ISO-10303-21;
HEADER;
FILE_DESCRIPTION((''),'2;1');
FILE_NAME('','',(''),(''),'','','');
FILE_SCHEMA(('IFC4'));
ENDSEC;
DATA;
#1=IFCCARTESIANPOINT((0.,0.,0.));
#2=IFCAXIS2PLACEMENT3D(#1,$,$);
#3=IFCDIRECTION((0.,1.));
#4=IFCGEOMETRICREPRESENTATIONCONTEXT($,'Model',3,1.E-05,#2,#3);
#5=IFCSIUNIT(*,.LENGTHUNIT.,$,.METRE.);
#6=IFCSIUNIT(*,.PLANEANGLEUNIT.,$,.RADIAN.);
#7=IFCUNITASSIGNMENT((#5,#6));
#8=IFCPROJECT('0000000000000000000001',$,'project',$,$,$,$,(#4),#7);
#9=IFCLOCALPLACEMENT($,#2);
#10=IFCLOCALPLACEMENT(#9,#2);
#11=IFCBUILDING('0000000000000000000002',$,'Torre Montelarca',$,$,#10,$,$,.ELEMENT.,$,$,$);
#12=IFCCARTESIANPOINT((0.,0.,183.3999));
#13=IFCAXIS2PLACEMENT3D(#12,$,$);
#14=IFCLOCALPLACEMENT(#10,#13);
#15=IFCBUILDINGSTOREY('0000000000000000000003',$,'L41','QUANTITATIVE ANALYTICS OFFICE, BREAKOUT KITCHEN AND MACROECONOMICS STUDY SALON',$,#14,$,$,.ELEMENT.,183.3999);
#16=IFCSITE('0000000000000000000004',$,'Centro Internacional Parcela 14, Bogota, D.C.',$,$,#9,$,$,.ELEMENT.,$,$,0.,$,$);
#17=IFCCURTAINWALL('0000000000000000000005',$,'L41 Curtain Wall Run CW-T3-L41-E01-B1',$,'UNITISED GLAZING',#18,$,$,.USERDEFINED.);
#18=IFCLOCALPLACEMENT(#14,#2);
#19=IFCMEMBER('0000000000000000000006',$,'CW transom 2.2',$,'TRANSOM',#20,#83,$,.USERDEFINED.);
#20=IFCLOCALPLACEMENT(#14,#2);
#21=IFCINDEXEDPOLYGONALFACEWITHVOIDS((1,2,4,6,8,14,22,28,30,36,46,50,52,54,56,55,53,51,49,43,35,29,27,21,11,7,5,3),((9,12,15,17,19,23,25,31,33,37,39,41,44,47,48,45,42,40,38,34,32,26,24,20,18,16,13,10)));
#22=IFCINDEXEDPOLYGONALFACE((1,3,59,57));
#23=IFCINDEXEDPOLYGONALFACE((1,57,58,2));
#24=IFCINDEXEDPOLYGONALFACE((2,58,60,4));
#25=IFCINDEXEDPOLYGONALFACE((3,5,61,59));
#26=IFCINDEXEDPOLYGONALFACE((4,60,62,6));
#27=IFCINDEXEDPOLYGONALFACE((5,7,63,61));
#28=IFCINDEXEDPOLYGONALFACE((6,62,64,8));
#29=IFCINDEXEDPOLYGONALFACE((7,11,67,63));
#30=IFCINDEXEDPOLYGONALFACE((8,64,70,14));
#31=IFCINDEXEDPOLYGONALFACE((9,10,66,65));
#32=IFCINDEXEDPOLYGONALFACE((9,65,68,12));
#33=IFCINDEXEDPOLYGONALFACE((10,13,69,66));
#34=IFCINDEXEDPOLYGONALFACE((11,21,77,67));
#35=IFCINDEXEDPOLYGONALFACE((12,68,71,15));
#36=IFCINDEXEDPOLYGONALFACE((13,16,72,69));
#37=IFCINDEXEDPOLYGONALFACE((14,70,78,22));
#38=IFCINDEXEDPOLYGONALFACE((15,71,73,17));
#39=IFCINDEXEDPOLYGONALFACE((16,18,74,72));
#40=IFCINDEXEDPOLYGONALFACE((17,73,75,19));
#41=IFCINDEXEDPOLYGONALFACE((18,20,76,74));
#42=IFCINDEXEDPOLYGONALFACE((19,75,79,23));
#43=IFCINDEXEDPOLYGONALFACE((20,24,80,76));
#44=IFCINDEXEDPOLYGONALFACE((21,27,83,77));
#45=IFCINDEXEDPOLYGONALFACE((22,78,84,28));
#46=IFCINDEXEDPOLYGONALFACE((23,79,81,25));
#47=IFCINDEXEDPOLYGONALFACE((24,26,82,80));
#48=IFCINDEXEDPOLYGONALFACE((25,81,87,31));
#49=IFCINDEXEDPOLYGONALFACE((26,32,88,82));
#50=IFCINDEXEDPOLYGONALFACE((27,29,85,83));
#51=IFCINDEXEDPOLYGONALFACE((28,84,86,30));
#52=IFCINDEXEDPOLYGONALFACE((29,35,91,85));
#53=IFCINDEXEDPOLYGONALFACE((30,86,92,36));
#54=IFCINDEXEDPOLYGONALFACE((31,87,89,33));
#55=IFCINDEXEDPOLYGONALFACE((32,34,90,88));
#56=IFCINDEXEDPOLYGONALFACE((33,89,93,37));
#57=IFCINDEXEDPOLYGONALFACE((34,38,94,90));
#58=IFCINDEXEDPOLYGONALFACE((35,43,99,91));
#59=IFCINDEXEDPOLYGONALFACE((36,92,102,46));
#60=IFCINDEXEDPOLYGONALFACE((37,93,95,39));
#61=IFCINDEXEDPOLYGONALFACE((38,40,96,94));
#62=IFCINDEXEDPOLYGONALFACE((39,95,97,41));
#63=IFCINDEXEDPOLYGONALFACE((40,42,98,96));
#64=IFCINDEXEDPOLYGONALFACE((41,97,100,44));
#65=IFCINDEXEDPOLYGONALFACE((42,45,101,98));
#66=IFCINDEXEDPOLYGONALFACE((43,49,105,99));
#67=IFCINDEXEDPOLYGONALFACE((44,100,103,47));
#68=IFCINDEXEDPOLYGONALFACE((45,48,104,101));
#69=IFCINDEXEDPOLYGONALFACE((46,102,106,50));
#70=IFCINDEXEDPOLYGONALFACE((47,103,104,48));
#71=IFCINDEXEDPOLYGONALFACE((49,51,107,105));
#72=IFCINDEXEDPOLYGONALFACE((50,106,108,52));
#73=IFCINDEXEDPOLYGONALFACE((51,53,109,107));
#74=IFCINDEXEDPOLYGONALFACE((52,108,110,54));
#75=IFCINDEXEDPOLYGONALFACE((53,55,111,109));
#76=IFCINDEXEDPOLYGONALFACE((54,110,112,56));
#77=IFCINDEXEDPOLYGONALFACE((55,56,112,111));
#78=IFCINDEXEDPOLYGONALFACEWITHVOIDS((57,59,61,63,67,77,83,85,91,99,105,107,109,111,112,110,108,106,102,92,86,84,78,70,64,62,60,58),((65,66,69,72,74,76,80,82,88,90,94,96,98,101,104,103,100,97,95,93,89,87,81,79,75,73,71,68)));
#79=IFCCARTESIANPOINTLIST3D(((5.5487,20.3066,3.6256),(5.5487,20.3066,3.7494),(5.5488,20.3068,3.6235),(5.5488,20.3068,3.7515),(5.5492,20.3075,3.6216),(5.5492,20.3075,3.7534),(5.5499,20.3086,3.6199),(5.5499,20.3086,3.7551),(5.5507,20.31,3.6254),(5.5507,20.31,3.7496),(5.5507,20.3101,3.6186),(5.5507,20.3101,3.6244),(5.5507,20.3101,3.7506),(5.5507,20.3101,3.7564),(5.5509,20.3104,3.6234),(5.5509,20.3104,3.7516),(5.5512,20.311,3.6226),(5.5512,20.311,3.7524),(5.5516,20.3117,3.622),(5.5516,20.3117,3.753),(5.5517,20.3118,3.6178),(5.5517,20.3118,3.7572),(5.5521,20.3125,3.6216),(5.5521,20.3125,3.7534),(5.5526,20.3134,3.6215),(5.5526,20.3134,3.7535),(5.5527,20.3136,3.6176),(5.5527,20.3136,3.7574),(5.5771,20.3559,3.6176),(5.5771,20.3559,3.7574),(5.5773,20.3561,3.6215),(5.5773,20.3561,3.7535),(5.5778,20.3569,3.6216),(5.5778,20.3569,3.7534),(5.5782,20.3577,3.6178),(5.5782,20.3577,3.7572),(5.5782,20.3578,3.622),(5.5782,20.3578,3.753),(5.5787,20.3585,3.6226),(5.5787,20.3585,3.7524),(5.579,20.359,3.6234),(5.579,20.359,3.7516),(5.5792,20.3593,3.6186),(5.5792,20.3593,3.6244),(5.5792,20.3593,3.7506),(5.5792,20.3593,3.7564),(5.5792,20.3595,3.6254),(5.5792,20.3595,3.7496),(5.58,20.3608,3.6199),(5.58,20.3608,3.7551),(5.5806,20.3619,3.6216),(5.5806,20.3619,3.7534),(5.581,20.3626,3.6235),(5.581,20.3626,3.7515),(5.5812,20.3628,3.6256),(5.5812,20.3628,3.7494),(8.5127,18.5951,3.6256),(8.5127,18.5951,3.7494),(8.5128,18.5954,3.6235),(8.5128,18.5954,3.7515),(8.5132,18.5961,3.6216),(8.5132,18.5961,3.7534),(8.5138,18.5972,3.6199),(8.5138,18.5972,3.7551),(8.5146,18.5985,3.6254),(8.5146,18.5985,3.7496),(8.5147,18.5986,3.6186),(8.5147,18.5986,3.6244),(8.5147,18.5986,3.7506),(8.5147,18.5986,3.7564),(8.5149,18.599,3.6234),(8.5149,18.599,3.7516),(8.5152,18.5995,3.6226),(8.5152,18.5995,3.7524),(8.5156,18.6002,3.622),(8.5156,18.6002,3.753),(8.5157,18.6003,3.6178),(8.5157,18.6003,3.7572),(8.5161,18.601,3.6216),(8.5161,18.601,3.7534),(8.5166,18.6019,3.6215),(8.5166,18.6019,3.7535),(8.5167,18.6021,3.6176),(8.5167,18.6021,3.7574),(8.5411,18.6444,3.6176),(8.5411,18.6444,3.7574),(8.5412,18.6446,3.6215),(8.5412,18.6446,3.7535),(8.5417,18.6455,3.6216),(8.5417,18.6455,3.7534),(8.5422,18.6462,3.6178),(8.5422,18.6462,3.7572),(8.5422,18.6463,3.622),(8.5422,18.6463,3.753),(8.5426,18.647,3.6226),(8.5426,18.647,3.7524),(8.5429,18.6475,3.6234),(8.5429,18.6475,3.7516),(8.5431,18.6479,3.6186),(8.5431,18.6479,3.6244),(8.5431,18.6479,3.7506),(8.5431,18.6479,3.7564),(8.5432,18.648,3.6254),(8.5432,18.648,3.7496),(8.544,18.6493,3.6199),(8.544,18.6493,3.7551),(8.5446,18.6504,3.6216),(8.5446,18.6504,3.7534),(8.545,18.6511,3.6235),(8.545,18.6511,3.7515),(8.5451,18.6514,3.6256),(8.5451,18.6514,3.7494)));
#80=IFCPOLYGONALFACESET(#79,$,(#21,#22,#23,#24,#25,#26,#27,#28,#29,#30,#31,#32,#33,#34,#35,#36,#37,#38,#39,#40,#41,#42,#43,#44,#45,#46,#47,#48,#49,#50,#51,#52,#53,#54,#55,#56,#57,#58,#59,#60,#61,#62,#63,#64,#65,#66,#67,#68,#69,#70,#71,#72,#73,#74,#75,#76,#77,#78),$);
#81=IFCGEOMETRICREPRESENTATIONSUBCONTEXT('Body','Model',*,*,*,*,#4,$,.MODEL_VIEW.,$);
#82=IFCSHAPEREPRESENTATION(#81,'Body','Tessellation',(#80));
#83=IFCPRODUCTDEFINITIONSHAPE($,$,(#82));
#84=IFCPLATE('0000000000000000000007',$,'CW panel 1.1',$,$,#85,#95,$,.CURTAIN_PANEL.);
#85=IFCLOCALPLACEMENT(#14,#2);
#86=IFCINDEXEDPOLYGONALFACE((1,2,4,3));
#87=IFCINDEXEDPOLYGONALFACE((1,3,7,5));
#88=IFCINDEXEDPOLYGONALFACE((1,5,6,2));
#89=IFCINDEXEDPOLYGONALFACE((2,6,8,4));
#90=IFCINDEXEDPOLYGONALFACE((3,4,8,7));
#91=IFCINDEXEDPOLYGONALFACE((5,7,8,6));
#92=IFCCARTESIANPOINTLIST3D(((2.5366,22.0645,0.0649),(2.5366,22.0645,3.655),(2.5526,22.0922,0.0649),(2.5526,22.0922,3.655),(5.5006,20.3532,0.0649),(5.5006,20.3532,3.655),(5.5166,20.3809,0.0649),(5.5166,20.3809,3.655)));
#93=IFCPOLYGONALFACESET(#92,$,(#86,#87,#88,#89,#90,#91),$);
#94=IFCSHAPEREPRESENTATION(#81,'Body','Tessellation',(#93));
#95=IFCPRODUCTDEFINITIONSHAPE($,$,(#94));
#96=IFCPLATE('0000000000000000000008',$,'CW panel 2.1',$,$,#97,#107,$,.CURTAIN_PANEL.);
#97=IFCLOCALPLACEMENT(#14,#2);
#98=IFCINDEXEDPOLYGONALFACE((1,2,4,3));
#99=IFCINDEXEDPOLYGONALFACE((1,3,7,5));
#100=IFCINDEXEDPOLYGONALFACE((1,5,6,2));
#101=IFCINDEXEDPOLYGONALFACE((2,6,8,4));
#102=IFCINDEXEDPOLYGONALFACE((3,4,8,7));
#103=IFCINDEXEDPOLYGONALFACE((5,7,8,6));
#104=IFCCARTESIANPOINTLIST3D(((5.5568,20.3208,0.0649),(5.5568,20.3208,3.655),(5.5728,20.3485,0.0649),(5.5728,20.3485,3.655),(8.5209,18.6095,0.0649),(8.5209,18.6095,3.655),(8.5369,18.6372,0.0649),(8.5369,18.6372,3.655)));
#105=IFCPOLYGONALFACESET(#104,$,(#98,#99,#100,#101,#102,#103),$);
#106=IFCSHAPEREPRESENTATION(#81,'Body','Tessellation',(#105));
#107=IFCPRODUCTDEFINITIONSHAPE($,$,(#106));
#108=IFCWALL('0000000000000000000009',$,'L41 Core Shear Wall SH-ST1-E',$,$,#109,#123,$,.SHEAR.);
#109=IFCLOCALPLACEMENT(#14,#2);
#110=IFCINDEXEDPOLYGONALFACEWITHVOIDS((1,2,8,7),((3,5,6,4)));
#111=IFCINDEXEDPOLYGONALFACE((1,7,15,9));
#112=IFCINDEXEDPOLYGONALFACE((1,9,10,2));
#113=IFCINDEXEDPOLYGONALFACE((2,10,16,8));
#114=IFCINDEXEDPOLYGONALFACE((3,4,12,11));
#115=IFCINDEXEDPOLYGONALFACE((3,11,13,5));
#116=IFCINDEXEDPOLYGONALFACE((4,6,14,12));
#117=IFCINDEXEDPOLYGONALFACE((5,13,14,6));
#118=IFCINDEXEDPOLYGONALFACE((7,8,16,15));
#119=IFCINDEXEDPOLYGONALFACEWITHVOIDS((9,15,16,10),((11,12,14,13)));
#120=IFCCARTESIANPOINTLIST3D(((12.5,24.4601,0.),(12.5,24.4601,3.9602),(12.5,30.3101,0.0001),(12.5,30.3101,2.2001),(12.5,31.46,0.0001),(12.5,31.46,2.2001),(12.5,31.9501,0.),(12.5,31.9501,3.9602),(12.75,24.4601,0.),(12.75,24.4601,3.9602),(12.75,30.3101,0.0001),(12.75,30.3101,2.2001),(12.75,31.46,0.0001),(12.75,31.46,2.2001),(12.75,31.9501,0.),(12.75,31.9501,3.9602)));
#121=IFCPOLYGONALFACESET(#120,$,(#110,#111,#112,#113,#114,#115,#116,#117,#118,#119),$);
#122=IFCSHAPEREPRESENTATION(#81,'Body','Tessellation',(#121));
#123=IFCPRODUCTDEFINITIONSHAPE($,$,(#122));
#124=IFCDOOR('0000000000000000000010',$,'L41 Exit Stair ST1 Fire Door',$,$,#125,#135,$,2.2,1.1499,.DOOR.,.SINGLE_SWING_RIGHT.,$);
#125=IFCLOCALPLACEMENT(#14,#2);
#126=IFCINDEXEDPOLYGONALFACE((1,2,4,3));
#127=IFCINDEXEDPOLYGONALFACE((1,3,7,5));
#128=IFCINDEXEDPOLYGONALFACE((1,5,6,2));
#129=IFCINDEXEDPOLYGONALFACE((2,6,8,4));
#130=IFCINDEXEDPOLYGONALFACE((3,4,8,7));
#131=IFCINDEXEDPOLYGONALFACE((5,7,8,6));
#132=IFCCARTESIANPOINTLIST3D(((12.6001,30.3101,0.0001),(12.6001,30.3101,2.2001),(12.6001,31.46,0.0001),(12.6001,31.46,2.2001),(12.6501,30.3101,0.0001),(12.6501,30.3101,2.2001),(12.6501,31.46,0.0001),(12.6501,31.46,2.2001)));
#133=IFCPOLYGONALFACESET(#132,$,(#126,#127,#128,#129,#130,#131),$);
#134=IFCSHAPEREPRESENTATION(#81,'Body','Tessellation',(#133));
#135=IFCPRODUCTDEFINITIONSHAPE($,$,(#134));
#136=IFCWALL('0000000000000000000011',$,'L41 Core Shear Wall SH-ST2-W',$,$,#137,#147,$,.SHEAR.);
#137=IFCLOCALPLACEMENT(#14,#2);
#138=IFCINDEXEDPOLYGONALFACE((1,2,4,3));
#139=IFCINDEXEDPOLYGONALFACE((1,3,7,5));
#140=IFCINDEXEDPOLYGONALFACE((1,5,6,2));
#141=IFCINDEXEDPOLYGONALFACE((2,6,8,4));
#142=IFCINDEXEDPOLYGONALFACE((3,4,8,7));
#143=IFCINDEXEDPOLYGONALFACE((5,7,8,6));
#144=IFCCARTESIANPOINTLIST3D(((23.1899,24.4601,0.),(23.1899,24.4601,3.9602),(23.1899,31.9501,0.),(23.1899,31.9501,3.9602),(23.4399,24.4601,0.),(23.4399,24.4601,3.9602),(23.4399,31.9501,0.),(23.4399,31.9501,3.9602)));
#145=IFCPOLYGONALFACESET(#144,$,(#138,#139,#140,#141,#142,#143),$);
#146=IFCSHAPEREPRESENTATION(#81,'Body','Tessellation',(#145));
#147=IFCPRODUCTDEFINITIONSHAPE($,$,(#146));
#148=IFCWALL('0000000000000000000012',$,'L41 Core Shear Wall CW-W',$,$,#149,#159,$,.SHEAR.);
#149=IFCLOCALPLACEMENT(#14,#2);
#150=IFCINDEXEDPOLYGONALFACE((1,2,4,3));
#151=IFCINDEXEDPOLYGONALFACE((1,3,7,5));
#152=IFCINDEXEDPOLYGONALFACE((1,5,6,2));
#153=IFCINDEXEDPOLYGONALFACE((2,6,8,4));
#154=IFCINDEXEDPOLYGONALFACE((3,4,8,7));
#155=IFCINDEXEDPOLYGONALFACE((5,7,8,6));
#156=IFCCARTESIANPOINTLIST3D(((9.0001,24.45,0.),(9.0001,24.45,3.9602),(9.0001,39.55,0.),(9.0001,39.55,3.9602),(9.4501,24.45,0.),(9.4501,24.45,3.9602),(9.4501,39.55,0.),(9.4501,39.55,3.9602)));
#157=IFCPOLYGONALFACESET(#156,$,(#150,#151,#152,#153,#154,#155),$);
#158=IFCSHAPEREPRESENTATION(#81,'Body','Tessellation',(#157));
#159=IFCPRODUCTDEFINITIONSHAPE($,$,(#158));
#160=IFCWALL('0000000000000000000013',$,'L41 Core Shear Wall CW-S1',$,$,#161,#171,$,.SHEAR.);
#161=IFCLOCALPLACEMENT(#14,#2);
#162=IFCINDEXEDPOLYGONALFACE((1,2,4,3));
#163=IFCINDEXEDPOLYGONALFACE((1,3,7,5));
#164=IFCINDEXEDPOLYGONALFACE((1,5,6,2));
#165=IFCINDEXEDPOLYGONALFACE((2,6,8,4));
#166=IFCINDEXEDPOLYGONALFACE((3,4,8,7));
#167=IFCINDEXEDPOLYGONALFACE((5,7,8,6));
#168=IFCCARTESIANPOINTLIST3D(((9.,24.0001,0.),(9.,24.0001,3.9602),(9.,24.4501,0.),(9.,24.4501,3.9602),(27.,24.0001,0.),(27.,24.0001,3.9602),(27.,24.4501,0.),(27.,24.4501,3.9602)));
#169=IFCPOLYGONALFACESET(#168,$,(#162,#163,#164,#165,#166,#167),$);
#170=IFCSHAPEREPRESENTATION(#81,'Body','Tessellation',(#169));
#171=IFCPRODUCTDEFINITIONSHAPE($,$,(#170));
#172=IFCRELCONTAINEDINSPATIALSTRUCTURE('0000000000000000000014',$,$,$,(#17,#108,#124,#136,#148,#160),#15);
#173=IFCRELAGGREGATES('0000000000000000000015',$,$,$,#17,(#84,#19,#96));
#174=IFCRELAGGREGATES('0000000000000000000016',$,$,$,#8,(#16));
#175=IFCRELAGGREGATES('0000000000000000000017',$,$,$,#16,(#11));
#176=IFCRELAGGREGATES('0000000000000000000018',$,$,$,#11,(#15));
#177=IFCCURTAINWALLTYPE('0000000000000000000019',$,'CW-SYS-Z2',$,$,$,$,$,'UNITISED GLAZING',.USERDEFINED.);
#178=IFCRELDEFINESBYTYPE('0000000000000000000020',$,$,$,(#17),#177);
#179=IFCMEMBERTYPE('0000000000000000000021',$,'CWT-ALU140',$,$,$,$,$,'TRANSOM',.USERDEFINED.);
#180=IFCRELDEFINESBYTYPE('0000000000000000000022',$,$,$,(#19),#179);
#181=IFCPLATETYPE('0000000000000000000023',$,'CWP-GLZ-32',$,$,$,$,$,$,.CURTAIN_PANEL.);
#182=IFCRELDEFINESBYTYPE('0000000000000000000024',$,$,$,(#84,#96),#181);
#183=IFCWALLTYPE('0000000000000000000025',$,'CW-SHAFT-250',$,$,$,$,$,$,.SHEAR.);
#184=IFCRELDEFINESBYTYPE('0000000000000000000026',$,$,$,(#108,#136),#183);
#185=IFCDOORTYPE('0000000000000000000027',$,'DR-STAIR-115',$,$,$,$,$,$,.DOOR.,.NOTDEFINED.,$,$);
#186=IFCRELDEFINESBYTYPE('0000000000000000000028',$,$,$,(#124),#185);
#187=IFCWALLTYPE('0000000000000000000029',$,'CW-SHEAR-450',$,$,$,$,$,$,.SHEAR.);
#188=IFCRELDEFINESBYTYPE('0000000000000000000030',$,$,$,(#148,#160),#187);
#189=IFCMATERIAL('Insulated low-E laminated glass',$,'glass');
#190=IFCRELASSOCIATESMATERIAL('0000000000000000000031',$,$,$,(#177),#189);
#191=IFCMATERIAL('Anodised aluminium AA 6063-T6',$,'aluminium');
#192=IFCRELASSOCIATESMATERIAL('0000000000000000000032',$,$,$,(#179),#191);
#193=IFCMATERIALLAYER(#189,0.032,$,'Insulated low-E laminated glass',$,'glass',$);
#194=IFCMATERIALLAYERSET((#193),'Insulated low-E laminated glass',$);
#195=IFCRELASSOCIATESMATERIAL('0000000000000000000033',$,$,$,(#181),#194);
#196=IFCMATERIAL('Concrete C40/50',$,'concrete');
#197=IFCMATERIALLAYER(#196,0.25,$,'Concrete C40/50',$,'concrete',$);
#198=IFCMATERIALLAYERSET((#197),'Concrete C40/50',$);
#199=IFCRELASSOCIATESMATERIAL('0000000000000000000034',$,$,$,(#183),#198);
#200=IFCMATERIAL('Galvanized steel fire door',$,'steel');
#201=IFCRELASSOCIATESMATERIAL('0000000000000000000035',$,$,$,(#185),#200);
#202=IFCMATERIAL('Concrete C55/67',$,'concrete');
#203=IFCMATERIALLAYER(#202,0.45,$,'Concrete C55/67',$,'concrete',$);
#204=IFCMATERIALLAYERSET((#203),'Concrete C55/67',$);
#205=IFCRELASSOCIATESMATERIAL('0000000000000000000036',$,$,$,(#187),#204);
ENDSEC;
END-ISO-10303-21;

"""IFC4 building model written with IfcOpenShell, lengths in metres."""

from ifc_helpers import new_model, si_unit, direction, frame, frame_2d, origin, origin_2d, place, context, subcontext, project, spatial, rectangle, hollow_rectangle, extrude, source, transform, mapped, material, layer, layer_set, material_profile, profile_set, type_object, element, fill, aggregate, save


model = new_model("IFC4")

# Units and contexts
model_context = context("Model", 3, precision=1e-05, world=origin(), true_north=direction((0.0, 1.0)))
body_context = subcontext(model_context, "Body", "Model", "MODEL_VIEW")
ifc_project = project(units=[si_unit("LENGTHUNIT", "METRE"), si_unit("PLANEANGLEUNIT", "RADIAN")], contexts=[model_context])

# Site, building, storey
site_placement = place(None, origin())
site = spatial("IfcSite", under=ifc_project, at=site_placement, Name="Centro Internacional Parcela 14, Bogota, D.C.", CompositionType="ELEMENT", RefElevation=0.0)
building_placement = place(site_placement, origin())
building = spatial("IfcBuilding", under=site, at=building_placement, Name="Torre Montelarca", CompositionType="ELEMENT")
storey_placement = place(building_placement, frame((0.0, 0.0, 183.3999)))
storey = spatial("IfcBuildingStorey", under=building, at=storey_placement, Name="L41", Description="QUANTITATIVE ANALYTICS OFFICE, BREAKOUT KITCHEN AND MACROECONOMICS STUDY SALON", CompositionType="ELEMENT", Elevation=183.3999)

# Shared definitions
ifc_material_1 = material(Name="Concrete C55/67", Category="concrete")

# Curtain wall, member, plates
ifc_material_2 = material(Name="Insulated low-E laminated glass", Category="glass")
curtain_wall_type = type_object("IfcCurtainWallType", Name="CW-SYS-Z2", ElementType="UNITISED GLAZING", PredefinedType="USERDEFINED", material=ifc_material_2)
curtain_wall_placement = place(storey_placement, origin())
curtain_wall = element("IfcCurtainWall", 1, at=curtain_wall_placement, inside=storey, type_object=curtain_wall_type, Name="L41 Curtain Wall Run CW-T3-L41-E01-B1", ObjectType="UNITISED GLAZING", PredefinedType="USERDEFINED")
ifc_material_3 = material(Name="Anodised aluminium AA 6063-T6", Category="aluminium")
ifc_material_profile_1 = material_profile(ifc_material_3, hollow_rectangle(XDim=0.0649, YDim=0.1399, WallThickness=0.0039, InnerFilletRadius=0.0039, OuterFilletRadius=0.0081, at=origin_2d()), Name="ALU65X140X4", Category="aluminium")
ifc_profile_set_1 = profile_set([ifc_material_profile_1], Name="Anodised aluminium AA 6063-T6")
member_type_1 = type_object("IfcMemberType", Name="CWT-ALU140", ElementType="TRANSOM", PredefinedType="USERDEFINED", material=ifc_profile_set_1)
shared_shape_1 = source(origin(), body_context, "Body", "SweptSolid", [
    extrude(hollow_rectangle(XDim=0.0649, YDim=0.1399, WallThickness=0.0039, InnerFilletRadius=0.0039, OuterFilletRadius=0.0081, at=origin_2d()), origin(), (0.0, 0.0, 1.0), 3.4226),
])
member_1_placement = place(storey_placement, frame((5.5649, 20.3347, 3.6875), z_axis=(0.865996, -0.500052, 0.0), x_axis=(0.500052, 0.865996, 0.0)))
member_1 = element("IfcMember", 2, at=member_1_placement, type_object=member_type_1, Name="CW transom 2.2", ObjectType="TRANSOM", PredefinedType="USERDEFINED", context=body_context, shape_type="MappedRepresentation", body=[
    mapped(shared_shape_1, transform((0.0, 0.0, 0.0), scale=1.0)),
])
ifc_layer_1 = layer(ifc_material_2, 0.032, Name="Insulated low-E laminated glass", Category="glass")
ifc_layer_set_1 = layer_set([ifc_layer_1], Name="Insulated low-E laminated glass")
plate_type = type_object("IfcPlateType", Name="CWP-GLZ-32", PredefinedType="CURTAIN_PANEL", material=ifc_layer_set_1)
shared_shape_2 = source(origin(), body_context, "Body", "SweptSolid", [
    extrude(rectangle(XDim=3.4226, YDim=0.032, at=origin_2d()), origin(), (0.0, 0.0, 1.0), 3.5901),
])
plate_1_placement = place(storey_placement, frame((4.0266, 21.2227, 0.0649), z_axis=(0.0, 0.0, 1.0), x_axis=(0.866025, -0.500001, 0.0)))
plate_1 = element("IfcPlate", 3, at=plate_1_placement, type_object=plate_type, Name="CW panel 1.1", PredefinedType="CURTAIN_PANEL", context=body_context, shape_type="MappedRepresentation", body=[
    mapped(shared_shape_2, transform((0.0, 0.0, 0.0), scale=1.0)),
])
plate_2_placement = place(storey_placement, frame((7.0469, 19.479, 0.0649), z_axis=(0.0, 0.0, 1.0), x_axis=(0.866025, -0.500001, 0.0)))
plate_2 = element("IfcPlate", 4, at=plate_2_placement, type_object=plate_type, Name="CW panel 2.1", PredefinedType="CURTAIN_PANEL", context=body_context, shape_type="MappedRepresentation", body=[
    mapped(shared_shape_2, transform((0.0, 0.0, 0.0), scale=1.0)),
])
aggregate(curtain_wall, [plate_1, member_1, plate_2])

# Wall, opening, door
ifc_material_4 = material(Name="Concrete C40/50", Category="concrete")
ifc_layer_2 = layer(ifc_material_4, 0.25, Name="Concrete C40/50", Category="concrete")
ifc_layer_set_2 = layer_set([ifc_layer_2], Name="Concrete C40/50")
wall_type_1 = type_object("IfcWallType", Name="CW-SHAFT-250", PredefinedType="SHEAR", material=ifc_layer_set_2)
wall_1_placement = place(storey_placement, frame((12.625, 24.46, 0.0), z_axis=(0.0, 0.0, 1.0), x_axis=(0.0, 1.0, 0.0)))
wall_1 = element("IfcWall", 5, at=wall_1_placement, inside=storey, type_object=wall_type_1, Name="L41 Core Shear Wall SH-ST1-E", PredefinedType="SHEAR", context=body_context, shape_type="SweptSolid", body=[
    extrude(rectangle(XDim=7.49, YDim=0.25, at=frame_2d((3.7451, 0.0))), origin(), (0.0, 0.0, 1.0), 3.9602),
])
opening_1_placement = place(wall_1_placement, frame((5.8501, 0.0, 0.0)))
opening_1 = element("IfcOpeningElement", 6, at=opening_1_placement, cuts=wall_1, PredefinedType="OPENING", context=body_context, shape_type="SweptSolid", body=[
    extrude(rectangle(XDim=1.1499, YDim=2.2, at=frame_2d((0.575, 1.1001))), frame((0.0, 0.135, 0.0), z_axis=(0.0, -1.0, 0.0), x_axis=(1.0, 0.0, 0.0)), (0.0, 0.0, 1.0), 0.27),
])
ifc_material_5 = material(Name="Galvanized steel fire door", Category="steel")
door_type_1 = type_object("IfcDoorType", Name="DR-STAIR-115", OperationType="NOTDEFINED", PredefinedType="DOOR", material=ifc_material_5)
shared_shape_3 = source(origin(), body_context, "Body", "SweptSolid", [
    extrude(rectangle(XDim=1.1499, YDim=2.2, at=frame_2d((0.575, 1.1001))), frame((0.0, 0.0249, 0.0), z_axis=(0.0, -1.0, 0.0), x_axis=(1.0, 0.0, 0.0)), (0.0, 0.0, 1.0), 0.05),
])
door_1_placement = place(opening_1_placement, origin())
door_1 = element("IfcDoor", 7, at=door_1_placement, inside=storey, type_object=door_type_1, Name="L41 Exit Stair ST1 Fire Door", OperationType="SINGLE_SWING_RIGHT", OverallHeight=2.2, OverallWidth=1.1499, PredefinedType="DOOR", context=body_context, shape_type="MappedRepresentation", body=[
    mapped(shared_shape_3, transform((0.0, 0.0, 0.0), scale=1.0)),
])
fill(opening_1, door_1)

# Walls
wall_2_placement = place(storey_placement, frame((23.3149, 24.46, 0.0), z_axis=(0.0, 0.0, 1.0), x_axis=(0.0, 1.0, 0.0)))
element("IfcWall", 8, at=wall_2_placement, inside=storey, type_object=wall_type_1, Name="L41 Core Shear Wall SH-ST2-W", PredefinedType="SHEAR", context=body_context, shape_type="SweptSolid", body=[
    extrude(rectangle(XDim=7.49, YDim=0.25, at=frame_2d((3.7451, 0.0))), origin(), (0.0, 0.0, 1.0), 3.9602),
])
ifc_layer_3 = layer(ifc_material_1, 0.45, Name="Concrete C55/67", Category="concrete")
ifc_layer_set_3 = layer_set([ifc_layer_3], Name="Concrete C55/67")
wall_type_2 = type_object("IfcWallType", Name="CW-SHEAR-450", PredefinedType="SHEAR", material=ifc_layer_set_3)
wall_3_placement = place(storey_placement, frame((9.2251, 24.45, 0.0), z_axis=(0.0, 0.0, 1.0), x_axis=(0.0, 1.0, 0.0)))
element("IfcWall", 9, at=wall_3_placement, inside=storey, type_object=wall_type_2, Name="L41 Core Shear Wall CW-W", PredefinedType="SHEAR", context=body_context, shape_type="SweptSolid", body=[
    extrude(rectangle(XDim=15.1001, YDim=0.45, at=frame_2d((7.55, 0.0))), origin(), (0.0, 0.0, 1.0), 3.9602),
])
wall_4_placement = place(storey_placement, frame((9.0, 24.2251, 0.0), z_axis=(0.0, 0.0, 1.0), x_axis=(1.0, 0.0, 0.0)))
element("IfcWall", 10, at=wall_4_placement, inside=storey, type_object=wall_type_2, Name="L41 Core Shear Wall CW-S1", PredefinedType="SHEAR", context=body_context, shape_type="SweptSolid", body=[
    extrude(rectangle(XDim=18.0, YDim=0.45, at=frame_2d((9.0, 0.0))), origin(), (0.0, 0.0, 1.0), 3.9602),
])

save(model, "model.ifc")
